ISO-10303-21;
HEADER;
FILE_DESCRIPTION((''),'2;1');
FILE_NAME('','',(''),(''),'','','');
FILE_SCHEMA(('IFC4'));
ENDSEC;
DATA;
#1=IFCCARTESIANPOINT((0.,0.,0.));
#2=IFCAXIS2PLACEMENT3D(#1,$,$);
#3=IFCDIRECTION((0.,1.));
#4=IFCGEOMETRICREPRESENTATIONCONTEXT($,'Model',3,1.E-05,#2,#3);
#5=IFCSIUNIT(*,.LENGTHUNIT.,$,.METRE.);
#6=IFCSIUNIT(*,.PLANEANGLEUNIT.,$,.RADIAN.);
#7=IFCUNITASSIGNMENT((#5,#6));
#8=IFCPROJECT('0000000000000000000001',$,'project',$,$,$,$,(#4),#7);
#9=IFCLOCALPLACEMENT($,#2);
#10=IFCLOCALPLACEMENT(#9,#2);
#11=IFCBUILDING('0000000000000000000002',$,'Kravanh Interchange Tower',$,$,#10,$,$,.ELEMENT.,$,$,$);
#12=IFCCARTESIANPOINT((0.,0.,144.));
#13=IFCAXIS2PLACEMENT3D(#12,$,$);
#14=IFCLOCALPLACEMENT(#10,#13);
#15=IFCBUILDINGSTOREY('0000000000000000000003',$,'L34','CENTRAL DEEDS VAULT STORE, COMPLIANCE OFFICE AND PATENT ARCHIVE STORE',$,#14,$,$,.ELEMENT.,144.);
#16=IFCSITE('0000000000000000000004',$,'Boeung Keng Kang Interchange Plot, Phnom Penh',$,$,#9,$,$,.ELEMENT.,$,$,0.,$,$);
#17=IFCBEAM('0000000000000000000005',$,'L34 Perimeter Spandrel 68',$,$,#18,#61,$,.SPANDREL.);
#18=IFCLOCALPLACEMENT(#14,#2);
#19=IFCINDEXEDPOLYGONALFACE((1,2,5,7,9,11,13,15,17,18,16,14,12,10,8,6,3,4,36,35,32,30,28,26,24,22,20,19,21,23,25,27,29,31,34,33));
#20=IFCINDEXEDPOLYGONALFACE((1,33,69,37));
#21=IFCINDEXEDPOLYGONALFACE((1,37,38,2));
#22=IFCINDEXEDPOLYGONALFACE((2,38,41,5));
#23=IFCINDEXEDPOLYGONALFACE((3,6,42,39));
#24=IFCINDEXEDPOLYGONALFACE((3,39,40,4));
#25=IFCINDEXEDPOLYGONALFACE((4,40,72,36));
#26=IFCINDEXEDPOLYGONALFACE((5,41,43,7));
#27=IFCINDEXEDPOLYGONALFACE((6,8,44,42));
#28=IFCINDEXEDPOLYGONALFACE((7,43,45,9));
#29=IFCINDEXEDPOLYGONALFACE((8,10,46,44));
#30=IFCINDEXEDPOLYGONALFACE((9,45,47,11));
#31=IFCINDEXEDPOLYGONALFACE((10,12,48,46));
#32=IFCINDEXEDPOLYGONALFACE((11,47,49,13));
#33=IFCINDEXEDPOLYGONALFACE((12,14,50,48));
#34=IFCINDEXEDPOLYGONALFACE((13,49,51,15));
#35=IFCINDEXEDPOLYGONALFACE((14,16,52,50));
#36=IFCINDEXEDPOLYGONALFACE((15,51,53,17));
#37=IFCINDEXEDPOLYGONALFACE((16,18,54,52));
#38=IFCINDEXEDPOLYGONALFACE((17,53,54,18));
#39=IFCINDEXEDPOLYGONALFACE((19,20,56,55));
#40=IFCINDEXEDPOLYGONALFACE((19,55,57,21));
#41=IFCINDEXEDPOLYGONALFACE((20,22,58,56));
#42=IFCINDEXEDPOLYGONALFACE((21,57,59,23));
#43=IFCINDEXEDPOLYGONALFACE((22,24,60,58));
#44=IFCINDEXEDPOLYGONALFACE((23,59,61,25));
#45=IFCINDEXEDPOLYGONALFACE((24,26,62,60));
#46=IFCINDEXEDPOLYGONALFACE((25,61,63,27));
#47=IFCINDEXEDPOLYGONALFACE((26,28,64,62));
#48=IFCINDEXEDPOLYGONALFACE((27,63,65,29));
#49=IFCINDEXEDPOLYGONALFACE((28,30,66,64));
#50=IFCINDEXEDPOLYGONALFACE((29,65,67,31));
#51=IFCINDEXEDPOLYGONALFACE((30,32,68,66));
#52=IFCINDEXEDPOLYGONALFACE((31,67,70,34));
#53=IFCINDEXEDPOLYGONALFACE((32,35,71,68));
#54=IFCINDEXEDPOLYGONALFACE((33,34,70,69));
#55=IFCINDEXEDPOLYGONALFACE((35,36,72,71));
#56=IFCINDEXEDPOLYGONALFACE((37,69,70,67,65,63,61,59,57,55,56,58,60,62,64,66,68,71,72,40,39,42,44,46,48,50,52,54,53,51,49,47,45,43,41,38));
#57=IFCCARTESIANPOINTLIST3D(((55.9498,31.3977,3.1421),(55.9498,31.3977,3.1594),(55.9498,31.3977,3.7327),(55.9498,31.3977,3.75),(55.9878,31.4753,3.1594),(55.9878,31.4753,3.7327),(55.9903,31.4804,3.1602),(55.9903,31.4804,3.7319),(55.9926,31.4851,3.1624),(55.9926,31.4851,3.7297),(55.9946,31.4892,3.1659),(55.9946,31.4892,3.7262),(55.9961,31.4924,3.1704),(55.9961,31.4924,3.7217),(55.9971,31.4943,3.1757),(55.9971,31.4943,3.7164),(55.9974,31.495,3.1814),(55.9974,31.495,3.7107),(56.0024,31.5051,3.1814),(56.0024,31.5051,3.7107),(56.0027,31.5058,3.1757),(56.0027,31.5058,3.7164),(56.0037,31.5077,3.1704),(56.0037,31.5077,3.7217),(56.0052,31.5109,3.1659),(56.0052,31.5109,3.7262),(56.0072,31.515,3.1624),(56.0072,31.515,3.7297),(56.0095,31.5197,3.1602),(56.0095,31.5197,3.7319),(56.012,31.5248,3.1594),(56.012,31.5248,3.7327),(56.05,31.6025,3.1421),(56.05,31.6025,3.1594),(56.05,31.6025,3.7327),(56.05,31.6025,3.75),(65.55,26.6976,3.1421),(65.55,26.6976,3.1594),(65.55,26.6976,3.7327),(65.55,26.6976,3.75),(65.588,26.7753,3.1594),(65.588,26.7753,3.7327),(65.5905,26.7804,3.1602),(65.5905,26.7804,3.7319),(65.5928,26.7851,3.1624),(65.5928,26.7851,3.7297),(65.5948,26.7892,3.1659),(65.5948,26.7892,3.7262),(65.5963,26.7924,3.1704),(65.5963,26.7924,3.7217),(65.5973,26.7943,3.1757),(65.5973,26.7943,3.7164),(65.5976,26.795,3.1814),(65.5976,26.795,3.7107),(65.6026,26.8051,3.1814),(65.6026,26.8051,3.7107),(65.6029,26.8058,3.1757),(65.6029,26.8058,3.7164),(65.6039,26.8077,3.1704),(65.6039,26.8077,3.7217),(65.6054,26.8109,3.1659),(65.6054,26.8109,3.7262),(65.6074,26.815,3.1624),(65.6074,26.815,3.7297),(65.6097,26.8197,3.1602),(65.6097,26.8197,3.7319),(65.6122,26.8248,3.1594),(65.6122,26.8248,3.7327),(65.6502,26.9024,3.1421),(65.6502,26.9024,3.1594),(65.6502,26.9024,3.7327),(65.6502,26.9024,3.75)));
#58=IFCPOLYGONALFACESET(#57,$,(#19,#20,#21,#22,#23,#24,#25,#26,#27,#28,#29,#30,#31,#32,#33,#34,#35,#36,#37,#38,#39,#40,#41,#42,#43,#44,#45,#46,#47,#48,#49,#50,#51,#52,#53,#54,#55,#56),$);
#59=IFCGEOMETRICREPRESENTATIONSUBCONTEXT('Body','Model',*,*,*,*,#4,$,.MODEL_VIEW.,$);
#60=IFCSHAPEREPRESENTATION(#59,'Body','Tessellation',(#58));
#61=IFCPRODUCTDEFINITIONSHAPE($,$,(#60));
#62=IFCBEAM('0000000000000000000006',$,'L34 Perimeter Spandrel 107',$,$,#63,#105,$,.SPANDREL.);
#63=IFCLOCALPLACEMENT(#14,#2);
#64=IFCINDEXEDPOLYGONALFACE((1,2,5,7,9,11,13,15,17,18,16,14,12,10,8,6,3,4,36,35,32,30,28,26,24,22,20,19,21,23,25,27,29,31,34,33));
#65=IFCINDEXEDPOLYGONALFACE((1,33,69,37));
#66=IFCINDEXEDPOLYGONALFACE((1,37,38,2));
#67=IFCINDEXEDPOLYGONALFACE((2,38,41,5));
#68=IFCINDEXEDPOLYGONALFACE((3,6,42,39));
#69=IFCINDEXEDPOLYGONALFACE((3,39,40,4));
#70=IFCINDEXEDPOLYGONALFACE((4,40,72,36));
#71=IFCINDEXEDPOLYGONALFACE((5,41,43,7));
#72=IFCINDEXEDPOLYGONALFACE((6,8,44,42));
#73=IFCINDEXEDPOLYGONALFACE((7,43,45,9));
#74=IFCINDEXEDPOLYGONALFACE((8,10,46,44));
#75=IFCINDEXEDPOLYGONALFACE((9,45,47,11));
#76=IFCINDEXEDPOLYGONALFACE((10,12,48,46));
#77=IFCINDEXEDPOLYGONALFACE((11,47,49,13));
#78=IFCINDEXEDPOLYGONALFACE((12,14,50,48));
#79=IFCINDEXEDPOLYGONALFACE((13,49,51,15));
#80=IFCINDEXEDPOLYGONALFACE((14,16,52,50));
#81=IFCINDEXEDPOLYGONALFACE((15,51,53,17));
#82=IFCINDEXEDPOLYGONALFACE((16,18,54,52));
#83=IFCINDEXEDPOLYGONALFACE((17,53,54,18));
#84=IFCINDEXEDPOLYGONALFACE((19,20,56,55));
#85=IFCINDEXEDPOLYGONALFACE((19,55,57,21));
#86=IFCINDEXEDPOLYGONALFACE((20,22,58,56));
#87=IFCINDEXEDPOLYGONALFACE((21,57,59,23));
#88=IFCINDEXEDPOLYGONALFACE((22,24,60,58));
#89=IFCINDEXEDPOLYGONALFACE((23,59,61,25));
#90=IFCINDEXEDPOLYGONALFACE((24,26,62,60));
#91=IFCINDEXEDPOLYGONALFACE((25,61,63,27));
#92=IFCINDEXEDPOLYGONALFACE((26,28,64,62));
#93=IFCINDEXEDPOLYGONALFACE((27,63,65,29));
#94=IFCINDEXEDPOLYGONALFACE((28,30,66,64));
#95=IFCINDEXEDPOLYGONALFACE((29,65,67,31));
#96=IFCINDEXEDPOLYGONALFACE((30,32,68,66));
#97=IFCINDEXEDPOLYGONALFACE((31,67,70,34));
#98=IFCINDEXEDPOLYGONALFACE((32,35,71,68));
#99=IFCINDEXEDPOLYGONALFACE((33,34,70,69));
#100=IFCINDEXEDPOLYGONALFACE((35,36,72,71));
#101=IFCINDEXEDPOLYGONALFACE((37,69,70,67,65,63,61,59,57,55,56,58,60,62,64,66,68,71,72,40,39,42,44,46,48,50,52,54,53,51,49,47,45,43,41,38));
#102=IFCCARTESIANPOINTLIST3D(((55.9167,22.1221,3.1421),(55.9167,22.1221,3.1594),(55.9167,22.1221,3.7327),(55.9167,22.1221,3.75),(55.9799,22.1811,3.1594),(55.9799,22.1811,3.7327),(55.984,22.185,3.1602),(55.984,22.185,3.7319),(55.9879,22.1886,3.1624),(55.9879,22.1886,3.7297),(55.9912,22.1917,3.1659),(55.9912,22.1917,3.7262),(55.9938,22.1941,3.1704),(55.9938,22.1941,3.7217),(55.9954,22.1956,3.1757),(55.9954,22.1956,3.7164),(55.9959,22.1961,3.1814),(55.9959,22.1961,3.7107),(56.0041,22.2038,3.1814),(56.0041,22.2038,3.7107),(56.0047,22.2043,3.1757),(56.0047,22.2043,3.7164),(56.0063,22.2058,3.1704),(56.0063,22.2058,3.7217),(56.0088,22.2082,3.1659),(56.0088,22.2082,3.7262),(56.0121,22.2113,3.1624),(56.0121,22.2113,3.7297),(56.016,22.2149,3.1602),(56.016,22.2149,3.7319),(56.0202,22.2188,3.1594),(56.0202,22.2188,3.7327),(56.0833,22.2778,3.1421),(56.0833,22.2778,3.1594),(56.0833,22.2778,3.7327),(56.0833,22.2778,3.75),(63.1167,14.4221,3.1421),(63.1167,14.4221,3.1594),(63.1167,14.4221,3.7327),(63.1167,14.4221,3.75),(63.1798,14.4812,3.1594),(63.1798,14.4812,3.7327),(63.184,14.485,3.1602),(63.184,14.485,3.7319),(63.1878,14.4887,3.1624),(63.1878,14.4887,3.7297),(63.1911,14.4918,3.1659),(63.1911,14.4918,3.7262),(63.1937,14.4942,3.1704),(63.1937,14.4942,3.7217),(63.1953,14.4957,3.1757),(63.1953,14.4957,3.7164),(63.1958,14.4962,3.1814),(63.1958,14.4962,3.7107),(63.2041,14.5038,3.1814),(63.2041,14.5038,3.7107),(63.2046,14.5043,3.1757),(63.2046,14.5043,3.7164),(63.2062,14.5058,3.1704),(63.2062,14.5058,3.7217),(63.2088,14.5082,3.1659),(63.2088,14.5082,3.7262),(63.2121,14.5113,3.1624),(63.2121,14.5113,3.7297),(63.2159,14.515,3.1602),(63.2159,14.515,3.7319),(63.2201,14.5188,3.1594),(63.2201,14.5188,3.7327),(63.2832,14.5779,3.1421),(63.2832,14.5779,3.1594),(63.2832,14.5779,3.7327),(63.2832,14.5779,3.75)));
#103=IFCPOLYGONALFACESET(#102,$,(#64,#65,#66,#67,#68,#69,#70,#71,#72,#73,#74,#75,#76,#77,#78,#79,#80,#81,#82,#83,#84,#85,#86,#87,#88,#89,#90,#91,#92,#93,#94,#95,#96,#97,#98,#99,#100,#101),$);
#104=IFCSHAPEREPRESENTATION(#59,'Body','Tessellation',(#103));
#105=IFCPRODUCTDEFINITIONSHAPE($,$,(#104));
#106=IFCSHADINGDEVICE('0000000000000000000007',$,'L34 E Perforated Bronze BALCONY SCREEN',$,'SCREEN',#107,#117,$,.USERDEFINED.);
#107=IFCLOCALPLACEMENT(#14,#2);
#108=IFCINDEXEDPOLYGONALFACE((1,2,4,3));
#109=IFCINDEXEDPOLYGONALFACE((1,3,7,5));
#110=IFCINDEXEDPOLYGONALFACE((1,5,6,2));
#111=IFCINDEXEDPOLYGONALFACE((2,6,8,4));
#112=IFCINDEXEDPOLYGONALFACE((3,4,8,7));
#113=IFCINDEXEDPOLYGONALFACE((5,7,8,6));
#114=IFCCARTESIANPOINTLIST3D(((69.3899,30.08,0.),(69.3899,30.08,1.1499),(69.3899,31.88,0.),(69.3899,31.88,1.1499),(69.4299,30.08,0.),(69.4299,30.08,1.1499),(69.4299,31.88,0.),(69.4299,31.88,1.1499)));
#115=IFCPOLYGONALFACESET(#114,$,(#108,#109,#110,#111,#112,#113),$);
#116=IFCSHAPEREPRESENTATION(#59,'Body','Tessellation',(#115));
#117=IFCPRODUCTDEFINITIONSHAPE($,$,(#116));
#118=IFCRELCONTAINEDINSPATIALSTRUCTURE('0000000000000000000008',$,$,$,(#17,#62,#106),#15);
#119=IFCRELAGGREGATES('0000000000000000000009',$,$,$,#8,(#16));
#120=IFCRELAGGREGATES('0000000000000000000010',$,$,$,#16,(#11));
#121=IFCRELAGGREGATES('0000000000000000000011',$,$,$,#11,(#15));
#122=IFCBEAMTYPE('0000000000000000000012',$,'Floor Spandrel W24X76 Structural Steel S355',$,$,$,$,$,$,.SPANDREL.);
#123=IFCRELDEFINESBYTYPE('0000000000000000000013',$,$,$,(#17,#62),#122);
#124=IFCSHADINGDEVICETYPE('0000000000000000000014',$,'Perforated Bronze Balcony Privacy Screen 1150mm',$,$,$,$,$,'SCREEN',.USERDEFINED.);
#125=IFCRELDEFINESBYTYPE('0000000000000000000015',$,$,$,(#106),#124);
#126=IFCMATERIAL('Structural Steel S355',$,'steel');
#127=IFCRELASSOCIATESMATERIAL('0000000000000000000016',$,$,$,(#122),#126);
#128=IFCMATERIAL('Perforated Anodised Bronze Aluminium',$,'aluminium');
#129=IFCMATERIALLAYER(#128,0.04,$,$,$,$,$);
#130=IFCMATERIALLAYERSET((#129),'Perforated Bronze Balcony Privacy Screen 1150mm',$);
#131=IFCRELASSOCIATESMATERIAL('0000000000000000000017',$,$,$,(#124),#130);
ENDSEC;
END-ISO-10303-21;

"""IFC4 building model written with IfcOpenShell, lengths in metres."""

from ifc_helpers import new_model, si_unit, direction, frame, origin, origin_2d, place, context, subcontext, project, spatial, rectangle, i_section, extrude, material, layer, layer_set, material_profile, profile_set, type_object, element, save


model = new_model("IFC4")

# Units and contexts
model_context = context("Model", 3, precision=1e-05, world=origin(), true_north=direction((0.0, 1.0)))
body_context = subcontext(model_context, "Body", "Model", "MODEL_VIEW")
ifc_project = project(units=[si_unit("LENGTHUNIT", "METRE"), si_unit("PLANEANGLEUNIT", "RADIAN")], contexts=[model_context])

# Site, building, storey
site_placement = place(None, origin())
site = spatial("IfcSite", under=ifc_project, at=site_placement, Name="Boeung Keng Kang Interchange Plot, Phnom Penh", CompositionType="ELEMENT", RefElevation=0.0)
building_placement = place(site_placement, origin())
building = spatial("IfcBuilding", under=site, at=building_placement, Name="Kravanh Interchange Tower", CompositionType="ELEMENT")
storey_placement = place(building_placement, frame((0.0, 0.0, 144.0)))
storey = spatial("IfcBuildingStorey", under=building, at=storey_placement, Name="L34", Description="CENTRAL DEEDS VAULT STORE, COMPLIANCE OFFICE AND PATENT ARCHIVE STORE", CompositionType="ELEMENT", Elevation=144.0)

# Beams
ifc_material_1 = material(Name="Structural Steel S355", Category="steel")
ifc_material_profile_1 = material_profile(ifc_material_1, i_section(OverallWidth=0.228, OverallDepth=0.6079, WebThickness=0.0112, FlangeThickness=0.0173, FilletRadius=0.022, at=origin_2d()), Name="W24X76")
ifc_profile_set_1 = profile_set([ifc_material_profile_1], Name="Structural Steel S355")
beam_type_1 = type_object("IfcBeamType", Name="Floor Spandrel W24X76 Structural Steel S355", PredefinedType="SPANDREL", material=ifc_profile_set_1)
beam_1_placement = place(storey_placement, frame((65.6001, 26.8, 3.446), z_axis=(-0.898142, 0.439706, 0.0), x_axis=(-0.439706, -0.898142, 0.0)))
element("IfcBeam", 1, at=beam_1_placement, inside=storey, type_object=beam_type_1, Name="L34 Perimeter Spandrel 68", PredefinedType="SPANDREL", context=body_context, shape_type="SweptSolid", body=[
    extrude(i_section(OverallWidth=0.228, OverallDepth=0.6079, WebThickness=0.0112, FlangeThickness=0.0173, FilletRadius=0.022, at=origin_2d()), origin(), (0.0, 0.0, 1.0), 10.689),
])
beam_2_placement = place(storey_placement, frame((63.2, 14.5, 3.446), z_axis=(-0.682994, 0.730424, 0.0), x_axis=(-0.730424, -0.682994, 0.0)))
element("IfcBeam", 2, at=beam_2_placement, inside=storey, type_object=beam_type_1, Name="L34 Perimeter Spandrel 107", PredefinedType="SPANDREL", context=body_context, shape_type="SweptSolid", body=[
    extrude(i_section(OverallWidth=0.228, OverallDepth=0.6079, WebThickness=0.0112, FlangeThickness=0.0173, FilletRadius=0.022, at=origin_2d()), origin(), (0.0, 0.0, 1.0), 10.5417),
])

# Shading device
ifc_material_2 = material(Name="Perforated Anodised Bronze Aluminium", Category="aluminium")
ifc_layer_1 = layer(ifc_material_2, 0.04)
ifc_layer_set_1 = layer_set([ifc_layer_1], Name="Perforated Bronze Balcony Privacy Screen 1150mm")
shading_device_type = type_object("IfcShadingDeviceType", Name="Perforated Bronze Balcony Privacy Screen 1150mm", ElementType="SCREEN", PredefinedType="USERDEFINED", material=ifc_layer_set_1)
shading_device_placement = place(storey_placement, frame((69.4099, 30.98, 0.0), z_axis=(0.0, 0.0, 1.0), x_axis=(1.0, 0.0, 0.0)))
element("IfcShadingDevice", 3, at=shading_device_placement, inside=storey, type_object=shading_device_type, Name="L34 E Perforated Bronze BALCONY SCREEN", ObjectType="SCREEN", PredefinedType="USERDEFINED", context=body_context, shape_type="SweptSolid", body=[
    extrude(rectangle(XDim=0.04, YDim=1.8, at=origin_2d()), origin(), (0.0, 0.0, 1.0), 1.1499),
])

save(model, "model.ifc")
